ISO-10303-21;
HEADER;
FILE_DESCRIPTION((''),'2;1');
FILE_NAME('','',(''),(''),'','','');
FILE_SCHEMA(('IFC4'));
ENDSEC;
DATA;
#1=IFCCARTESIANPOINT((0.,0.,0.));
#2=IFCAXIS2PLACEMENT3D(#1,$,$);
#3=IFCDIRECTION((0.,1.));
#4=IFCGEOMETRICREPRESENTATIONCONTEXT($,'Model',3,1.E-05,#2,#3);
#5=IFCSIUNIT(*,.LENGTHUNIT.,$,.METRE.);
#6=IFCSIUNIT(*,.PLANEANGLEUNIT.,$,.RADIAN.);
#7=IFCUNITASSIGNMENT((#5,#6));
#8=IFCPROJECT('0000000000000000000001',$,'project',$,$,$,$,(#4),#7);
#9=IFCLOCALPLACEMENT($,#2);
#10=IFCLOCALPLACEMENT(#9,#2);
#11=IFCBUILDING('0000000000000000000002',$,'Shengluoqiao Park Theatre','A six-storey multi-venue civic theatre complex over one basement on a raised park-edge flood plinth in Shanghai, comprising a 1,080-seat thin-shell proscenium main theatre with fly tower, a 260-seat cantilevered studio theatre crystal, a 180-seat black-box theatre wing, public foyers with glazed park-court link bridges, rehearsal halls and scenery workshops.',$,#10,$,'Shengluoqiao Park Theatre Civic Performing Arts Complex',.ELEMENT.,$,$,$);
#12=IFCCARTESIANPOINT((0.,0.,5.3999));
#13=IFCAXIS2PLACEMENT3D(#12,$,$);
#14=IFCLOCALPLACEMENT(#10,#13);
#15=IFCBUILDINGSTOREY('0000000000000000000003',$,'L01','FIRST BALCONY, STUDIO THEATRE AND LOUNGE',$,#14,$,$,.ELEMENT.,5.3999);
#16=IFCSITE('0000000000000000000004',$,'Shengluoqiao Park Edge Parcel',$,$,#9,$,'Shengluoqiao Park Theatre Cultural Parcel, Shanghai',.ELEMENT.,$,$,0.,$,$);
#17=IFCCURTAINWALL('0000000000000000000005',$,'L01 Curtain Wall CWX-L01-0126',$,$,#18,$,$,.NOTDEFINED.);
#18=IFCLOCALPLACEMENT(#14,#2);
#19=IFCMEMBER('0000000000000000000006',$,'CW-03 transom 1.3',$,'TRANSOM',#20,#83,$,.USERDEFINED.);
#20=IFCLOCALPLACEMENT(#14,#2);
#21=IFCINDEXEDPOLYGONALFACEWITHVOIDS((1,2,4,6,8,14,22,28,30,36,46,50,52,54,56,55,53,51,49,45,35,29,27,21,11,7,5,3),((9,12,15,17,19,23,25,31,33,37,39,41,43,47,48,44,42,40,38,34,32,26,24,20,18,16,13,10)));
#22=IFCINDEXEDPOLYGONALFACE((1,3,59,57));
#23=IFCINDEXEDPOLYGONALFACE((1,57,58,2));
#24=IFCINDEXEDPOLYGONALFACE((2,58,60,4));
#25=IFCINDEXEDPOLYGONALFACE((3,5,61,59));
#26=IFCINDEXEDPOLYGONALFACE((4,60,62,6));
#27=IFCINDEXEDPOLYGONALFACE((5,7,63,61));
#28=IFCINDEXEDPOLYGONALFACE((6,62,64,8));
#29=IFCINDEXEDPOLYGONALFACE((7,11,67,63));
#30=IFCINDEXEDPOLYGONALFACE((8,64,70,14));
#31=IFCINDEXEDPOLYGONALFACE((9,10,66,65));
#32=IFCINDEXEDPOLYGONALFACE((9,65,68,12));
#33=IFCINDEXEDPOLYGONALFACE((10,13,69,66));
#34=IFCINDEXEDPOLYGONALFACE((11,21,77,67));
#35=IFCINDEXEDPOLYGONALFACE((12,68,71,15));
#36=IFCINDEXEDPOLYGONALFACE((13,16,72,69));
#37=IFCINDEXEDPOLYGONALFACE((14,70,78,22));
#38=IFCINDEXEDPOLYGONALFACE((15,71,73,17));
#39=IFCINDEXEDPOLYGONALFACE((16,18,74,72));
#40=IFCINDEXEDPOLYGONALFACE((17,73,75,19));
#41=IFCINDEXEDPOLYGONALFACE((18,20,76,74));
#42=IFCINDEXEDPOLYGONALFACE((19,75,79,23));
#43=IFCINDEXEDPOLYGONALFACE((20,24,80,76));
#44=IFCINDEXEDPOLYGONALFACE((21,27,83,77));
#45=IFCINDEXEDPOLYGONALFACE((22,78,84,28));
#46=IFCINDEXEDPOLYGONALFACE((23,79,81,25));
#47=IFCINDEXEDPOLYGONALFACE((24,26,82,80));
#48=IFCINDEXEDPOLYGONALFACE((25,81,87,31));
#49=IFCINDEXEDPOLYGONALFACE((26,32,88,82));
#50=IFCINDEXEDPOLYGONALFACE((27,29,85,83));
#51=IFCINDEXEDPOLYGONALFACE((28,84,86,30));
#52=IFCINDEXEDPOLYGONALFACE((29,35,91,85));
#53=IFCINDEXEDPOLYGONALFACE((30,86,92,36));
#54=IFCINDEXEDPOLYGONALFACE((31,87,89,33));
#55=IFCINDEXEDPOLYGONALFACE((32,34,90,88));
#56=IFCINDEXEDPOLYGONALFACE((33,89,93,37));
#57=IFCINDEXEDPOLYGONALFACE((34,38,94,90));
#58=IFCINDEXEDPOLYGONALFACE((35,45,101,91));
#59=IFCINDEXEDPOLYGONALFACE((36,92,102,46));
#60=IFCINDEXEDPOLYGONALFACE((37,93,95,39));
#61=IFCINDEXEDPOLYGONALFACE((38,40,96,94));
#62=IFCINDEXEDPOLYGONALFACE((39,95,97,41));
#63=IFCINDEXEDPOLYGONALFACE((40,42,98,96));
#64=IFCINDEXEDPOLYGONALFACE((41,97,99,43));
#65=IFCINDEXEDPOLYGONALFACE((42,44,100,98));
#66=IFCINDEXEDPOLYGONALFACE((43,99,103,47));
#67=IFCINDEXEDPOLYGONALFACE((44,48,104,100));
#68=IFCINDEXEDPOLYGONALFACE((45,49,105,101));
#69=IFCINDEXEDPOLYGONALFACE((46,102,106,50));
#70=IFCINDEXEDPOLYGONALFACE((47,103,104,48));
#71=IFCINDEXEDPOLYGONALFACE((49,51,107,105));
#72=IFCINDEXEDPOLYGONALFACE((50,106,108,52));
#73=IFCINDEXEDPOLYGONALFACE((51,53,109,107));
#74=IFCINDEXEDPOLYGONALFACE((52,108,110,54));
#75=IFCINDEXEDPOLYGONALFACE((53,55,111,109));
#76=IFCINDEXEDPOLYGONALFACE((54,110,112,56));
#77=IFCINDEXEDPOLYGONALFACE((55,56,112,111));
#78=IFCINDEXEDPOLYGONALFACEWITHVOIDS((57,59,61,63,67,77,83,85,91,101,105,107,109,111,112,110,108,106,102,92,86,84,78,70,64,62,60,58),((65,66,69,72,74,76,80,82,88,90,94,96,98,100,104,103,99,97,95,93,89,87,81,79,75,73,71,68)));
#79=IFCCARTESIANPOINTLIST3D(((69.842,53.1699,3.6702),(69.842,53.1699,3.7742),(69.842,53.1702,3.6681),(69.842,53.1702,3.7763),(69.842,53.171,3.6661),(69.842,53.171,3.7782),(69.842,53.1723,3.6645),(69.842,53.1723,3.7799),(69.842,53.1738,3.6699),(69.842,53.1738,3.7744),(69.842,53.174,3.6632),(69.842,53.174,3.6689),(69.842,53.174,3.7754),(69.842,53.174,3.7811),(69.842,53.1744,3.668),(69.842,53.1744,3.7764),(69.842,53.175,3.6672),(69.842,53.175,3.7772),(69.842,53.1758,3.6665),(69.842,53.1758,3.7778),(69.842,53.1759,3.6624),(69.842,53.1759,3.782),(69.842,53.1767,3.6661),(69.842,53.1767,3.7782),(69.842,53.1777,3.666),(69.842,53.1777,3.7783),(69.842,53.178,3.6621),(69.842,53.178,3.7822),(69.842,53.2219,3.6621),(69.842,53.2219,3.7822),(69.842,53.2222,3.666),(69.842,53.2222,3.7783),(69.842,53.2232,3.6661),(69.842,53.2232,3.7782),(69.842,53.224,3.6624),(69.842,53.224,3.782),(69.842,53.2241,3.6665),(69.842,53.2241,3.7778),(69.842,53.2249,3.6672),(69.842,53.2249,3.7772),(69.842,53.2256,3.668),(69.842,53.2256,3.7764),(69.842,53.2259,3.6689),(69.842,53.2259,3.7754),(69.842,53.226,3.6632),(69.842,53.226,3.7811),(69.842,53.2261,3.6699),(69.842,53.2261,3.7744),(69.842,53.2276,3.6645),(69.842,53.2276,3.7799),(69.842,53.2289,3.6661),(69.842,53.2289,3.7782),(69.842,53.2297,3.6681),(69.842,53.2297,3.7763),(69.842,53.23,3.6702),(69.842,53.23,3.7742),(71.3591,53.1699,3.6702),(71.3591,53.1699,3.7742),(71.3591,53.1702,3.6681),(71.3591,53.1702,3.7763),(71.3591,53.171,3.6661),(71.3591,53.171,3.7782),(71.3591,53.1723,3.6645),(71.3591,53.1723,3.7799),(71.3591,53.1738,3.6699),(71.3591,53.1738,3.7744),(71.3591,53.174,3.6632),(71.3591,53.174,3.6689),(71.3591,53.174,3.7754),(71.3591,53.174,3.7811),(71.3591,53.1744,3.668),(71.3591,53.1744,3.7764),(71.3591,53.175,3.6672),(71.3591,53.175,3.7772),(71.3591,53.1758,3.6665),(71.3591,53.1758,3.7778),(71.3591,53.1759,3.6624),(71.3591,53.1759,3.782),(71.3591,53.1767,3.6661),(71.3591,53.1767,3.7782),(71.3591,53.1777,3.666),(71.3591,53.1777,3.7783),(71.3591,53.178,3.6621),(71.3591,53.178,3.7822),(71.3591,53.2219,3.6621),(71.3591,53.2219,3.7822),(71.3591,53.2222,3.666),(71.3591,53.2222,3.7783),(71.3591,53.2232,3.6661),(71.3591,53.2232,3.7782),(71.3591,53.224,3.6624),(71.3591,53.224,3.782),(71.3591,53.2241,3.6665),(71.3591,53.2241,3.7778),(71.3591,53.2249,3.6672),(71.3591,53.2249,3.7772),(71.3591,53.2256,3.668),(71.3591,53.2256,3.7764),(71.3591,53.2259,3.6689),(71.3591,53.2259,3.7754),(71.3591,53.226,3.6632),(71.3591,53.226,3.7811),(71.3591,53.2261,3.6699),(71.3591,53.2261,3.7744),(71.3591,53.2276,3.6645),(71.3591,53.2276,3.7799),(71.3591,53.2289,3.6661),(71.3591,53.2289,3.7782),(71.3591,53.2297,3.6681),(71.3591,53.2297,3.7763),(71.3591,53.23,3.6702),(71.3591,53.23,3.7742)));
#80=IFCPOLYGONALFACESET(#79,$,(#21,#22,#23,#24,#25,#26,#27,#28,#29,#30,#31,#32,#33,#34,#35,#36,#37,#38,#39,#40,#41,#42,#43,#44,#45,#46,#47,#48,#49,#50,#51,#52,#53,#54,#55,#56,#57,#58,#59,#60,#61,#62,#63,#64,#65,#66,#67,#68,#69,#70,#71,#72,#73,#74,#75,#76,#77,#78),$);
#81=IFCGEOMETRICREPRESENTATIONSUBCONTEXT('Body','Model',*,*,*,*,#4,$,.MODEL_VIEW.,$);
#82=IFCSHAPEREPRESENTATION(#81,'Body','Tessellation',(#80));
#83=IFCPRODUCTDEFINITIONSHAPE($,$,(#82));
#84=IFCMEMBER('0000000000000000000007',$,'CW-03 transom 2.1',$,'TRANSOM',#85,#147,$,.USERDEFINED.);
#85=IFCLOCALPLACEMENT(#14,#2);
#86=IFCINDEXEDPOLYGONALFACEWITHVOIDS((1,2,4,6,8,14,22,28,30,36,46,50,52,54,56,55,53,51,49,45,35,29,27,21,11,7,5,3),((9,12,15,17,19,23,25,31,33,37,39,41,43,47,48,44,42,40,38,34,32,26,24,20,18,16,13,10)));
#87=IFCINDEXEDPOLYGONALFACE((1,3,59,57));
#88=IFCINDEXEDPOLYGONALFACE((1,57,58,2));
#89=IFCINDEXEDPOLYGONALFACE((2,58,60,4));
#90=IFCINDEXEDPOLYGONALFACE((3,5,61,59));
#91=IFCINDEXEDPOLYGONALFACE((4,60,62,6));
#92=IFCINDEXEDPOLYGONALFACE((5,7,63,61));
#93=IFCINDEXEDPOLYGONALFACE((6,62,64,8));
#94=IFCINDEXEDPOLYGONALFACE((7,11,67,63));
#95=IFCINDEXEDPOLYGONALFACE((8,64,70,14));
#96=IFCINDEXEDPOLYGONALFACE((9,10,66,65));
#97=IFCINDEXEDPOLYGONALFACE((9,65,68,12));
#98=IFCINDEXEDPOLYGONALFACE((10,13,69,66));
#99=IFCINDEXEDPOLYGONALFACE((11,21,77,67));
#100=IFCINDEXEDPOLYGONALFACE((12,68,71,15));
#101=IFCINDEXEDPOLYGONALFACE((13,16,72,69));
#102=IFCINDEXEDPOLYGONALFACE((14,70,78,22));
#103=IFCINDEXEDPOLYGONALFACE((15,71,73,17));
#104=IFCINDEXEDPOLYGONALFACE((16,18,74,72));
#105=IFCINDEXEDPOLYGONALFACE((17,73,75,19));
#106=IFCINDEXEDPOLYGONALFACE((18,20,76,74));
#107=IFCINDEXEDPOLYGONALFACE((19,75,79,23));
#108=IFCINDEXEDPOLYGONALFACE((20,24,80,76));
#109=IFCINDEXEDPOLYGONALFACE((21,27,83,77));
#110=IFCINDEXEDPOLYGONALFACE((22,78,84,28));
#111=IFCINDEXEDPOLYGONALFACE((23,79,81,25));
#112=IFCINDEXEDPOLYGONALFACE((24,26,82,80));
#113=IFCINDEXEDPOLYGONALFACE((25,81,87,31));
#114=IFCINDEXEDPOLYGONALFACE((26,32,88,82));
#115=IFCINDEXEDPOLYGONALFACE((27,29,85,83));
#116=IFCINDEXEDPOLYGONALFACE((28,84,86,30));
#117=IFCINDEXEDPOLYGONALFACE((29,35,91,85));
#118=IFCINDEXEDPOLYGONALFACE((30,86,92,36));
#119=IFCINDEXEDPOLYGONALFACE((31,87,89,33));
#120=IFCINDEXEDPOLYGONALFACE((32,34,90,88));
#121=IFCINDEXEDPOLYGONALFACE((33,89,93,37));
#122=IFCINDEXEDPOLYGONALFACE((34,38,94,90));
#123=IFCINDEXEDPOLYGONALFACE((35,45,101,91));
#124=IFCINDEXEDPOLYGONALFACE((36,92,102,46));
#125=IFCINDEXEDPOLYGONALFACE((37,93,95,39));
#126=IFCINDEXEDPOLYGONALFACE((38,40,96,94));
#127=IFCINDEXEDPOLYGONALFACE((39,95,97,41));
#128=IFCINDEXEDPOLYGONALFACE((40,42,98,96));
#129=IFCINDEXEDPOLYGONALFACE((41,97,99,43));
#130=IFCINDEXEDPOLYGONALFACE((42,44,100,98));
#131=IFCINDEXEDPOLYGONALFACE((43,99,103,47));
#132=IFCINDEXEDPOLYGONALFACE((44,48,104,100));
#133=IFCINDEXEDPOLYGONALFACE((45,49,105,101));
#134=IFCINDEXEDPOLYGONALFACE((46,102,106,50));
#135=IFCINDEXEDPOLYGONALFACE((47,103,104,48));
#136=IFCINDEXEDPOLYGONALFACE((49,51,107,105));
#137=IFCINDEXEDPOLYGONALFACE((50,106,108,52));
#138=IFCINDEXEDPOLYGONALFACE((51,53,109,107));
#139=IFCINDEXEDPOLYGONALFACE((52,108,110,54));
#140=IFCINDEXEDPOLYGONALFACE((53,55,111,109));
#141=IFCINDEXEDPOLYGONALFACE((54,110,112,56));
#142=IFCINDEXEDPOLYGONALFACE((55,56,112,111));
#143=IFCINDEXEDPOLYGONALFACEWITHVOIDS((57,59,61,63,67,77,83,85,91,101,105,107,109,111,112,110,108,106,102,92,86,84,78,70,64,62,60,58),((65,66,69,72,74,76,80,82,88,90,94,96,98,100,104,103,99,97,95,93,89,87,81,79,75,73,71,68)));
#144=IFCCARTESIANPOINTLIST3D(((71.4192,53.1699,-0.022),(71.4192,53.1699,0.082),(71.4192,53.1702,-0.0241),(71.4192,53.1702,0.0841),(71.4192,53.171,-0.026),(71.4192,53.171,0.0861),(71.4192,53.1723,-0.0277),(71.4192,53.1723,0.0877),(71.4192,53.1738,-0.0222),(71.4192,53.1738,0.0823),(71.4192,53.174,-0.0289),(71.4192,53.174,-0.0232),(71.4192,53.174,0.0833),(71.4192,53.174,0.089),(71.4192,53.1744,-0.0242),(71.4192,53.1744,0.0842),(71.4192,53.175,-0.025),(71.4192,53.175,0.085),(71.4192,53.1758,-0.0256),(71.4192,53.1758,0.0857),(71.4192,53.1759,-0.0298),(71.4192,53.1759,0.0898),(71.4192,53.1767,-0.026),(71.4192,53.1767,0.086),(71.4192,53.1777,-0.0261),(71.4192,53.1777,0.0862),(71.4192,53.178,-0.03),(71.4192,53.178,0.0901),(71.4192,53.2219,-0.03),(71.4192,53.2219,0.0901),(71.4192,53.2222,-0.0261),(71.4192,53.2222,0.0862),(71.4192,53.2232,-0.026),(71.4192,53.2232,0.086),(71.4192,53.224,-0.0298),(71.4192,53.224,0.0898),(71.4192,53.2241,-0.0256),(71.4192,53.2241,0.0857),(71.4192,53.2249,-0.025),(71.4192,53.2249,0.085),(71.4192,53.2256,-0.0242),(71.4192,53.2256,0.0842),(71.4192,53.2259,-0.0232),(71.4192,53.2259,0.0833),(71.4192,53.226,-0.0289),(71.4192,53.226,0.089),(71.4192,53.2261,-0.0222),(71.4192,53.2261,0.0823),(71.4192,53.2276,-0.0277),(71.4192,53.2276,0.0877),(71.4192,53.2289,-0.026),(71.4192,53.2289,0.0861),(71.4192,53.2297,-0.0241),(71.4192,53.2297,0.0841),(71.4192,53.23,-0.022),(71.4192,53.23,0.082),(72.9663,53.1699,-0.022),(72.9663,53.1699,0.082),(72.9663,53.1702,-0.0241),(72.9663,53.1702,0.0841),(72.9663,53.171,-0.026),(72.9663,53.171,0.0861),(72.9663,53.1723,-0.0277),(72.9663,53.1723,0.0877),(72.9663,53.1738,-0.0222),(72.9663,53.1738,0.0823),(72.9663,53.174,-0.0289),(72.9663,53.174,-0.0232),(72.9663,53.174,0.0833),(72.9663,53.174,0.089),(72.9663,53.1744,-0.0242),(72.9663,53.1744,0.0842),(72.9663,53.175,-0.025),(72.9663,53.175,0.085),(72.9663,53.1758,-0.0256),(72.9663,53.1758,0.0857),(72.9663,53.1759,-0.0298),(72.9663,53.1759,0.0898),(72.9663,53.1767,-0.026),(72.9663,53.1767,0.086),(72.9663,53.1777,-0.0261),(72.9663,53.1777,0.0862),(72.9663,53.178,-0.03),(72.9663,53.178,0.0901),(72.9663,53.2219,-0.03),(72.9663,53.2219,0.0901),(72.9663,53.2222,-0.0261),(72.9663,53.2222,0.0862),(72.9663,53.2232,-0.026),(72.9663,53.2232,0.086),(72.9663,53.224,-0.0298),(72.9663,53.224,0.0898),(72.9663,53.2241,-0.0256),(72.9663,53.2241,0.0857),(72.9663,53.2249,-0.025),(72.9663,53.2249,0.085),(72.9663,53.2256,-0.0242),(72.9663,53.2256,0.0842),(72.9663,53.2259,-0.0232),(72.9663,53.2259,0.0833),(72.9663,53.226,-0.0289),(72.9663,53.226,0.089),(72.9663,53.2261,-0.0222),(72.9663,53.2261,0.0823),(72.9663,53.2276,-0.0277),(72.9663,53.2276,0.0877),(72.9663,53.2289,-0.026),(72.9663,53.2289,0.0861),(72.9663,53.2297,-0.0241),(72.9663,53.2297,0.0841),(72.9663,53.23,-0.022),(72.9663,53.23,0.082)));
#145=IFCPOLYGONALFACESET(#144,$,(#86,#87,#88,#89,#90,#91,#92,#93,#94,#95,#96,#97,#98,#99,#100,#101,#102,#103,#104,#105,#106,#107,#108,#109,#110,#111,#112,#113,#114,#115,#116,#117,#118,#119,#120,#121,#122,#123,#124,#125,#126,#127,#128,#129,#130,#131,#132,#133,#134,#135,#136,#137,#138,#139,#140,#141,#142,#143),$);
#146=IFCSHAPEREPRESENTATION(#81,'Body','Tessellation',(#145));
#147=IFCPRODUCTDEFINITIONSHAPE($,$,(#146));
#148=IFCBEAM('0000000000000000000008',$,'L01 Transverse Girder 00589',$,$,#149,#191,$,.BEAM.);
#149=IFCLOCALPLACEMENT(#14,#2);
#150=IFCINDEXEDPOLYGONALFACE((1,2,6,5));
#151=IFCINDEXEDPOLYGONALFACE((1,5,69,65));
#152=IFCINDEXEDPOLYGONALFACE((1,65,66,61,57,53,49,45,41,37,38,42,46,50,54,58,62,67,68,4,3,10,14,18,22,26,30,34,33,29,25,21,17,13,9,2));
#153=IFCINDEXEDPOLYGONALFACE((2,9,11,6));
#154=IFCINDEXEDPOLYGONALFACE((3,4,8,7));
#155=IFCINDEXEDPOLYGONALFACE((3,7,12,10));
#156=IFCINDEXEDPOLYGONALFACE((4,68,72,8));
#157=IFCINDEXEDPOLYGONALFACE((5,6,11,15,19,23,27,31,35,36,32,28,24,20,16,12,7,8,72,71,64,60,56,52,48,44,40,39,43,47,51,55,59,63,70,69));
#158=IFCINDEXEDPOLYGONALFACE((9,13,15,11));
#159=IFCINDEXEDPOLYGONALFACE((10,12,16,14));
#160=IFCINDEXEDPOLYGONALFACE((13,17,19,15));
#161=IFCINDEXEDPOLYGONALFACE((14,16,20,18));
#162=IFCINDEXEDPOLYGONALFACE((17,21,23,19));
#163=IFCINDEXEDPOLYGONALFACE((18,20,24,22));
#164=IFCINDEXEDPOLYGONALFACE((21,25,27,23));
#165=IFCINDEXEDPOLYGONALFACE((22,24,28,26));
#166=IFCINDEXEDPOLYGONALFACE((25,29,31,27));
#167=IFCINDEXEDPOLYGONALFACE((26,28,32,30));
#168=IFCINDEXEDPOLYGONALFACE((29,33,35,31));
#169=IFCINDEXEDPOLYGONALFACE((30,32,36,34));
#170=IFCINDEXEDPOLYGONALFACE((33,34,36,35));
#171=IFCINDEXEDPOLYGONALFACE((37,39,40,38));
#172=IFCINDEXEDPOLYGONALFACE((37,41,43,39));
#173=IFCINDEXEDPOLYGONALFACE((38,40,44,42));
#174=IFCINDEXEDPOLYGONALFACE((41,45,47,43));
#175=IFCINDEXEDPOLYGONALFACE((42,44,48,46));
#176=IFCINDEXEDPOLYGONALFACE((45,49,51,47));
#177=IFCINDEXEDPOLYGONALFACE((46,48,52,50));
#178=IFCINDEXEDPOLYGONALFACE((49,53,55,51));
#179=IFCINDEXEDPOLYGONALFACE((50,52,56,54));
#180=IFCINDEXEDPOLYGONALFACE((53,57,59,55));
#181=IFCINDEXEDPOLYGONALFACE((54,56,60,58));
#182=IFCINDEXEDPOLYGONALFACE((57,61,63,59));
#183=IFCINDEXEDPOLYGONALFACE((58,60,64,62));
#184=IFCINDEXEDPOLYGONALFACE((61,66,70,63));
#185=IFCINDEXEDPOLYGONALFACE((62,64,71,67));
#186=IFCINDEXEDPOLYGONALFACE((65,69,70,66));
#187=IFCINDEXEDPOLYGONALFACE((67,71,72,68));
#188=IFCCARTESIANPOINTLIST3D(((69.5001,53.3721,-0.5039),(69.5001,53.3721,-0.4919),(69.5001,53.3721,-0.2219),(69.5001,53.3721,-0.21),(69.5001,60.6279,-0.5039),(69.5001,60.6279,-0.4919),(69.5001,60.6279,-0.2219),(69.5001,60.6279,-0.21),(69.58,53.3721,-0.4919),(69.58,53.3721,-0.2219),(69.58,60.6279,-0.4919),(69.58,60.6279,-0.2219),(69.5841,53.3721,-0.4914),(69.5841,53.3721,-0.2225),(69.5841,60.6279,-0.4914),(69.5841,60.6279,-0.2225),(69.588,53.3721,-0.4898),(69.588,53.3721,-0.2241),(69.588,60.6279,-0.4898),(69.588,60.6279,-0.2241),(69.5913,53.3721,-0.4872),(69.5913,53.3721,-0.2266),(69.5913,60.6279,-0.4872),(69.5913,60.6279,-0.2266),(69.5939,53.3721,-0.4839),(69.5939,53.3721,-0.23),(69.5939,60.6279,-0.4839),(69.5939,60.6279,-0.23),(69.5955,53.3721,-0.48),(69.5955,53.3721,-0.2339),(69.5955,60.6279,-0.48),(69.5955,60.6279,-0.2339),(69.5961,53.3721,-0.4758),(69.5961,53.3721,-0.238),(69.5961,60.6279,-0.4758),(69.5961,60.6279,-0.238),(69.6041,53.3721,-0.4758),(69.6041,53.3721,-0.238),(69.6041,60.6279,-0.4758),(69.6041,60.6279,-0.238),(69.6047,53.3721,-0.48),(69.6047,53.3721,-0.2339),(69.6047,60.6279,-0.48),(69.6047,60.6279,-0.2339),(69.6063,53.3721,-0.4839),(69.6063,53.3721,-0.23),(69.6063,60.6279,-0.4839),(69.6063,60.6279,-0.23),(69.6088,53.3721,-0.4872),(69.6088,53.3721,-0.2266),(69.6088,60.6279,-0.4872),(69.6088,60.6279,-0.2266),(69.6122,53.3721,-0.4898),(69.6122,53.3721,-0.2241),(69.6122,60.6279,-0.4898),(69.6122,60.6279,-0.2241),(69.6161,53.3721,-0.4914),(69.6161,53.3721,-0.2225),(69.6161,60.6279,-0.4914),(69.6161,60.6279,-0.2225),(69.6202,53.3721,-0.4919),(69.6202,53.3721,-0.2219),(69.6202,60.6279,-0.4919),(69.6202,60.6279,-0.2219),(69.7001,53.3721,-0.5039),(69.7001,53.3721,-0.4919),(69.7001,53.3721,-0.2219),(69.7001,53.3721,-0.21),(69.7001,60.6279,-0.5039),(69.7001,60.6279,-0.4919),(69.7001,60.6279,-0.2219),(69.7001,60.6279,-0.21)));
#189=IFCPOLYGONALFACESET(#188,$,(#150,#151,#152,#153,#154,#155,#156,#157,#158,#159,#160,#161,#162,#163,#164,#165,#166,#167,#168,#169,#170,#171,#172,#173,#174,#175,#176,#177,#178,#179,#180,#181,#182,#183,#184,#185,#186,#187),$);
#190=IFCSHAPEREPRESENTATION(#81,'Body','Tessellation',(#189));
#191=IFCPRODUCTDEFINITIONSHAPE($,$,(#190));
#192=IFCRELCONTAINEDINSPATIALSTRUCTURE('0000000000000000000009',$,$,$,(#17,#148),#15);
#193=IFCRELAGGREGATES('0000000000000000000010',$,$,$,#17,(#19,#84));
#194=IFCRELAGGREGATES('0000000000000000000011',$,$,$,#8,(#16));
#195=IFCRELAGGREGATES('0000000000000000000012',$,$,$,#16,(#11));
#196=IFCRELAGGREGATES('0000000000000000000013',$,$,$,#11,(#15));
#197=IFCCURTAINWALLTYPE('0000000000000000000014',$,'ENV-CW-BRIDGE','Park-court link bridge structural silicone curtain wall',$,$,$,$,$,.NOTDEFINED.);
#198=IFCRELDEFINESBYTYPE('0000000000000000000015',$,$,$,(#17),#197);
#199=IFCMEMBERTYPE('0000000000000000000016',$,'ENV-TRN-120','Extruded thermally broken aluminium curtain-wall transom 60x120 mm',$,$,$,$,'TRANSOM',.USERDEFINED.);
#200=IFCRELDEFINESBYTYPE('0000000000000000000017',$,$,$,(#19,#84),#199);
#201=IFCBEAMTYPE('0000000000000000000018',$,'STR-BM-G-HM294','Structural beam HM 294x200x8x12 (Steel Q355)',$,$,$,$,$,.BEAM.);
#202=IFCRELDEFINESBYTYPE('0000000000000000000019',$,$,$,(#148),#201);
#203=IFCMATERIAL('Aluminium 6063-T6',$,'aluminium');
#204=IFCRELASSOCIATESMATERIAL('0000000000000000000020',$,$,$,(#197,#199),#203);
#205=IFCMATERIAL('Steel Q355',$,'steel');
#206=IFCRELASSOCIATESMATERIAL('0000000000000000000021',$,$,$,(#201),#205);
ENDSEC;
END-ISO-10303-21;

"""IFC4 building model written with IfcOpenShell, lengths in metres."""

from ifc_helpers import new_model, si_unit, direction, frame, origin, origin_2d, place, context, subcontext, project, spatial, hollow_rectangle, i_section, extrude, material, material_profile, profile_set, type_object, element, aggregate, save


model = new_model("IFC4")

# Units and contexts
model_context = context("Model", 3, precision=1e-05, world=origin(), true_north=direction((0.0, 1.0)))
body_context = subcontext(model_context, "Body", "Model", "MODEL_VIEW")
ifc_project = project(units=[si_unit("LENGTHUNIT", "METRE"), si_unit("PLANEANGLEUNIT", "RADIAN")], contexts=[model_context])

# Site, building, storey
site_placement = place(None, origin())
site = spatial("IfcSite", under=ifc_project, at=site_placement, Name="Shengluoqiao Park Edge Parcel", LongName="Shengluoqiao Park Theatre Cultural Parcel, Shanghai", CompositionType="ELEMENT", RefElevation=0.0)
building_placement = place(site_placement, origin())
building = spatial("IfcBuilding", under=site, at=building_placement, Name="Shengluoqiao Park Theatre", Description="A six-storey multi-venue civic theatre complex over one basement on a raised park-edge flood plinth in Shanghai, comprising a 1,080-seat thin-shell proscenium main theatre with fly tower, a 260-seat cantilevered studio theatre crystal, a 180-seat black-box theatre wing, public foyers with glazed park-court link bridges, rehearsal halls and scenery workshops.", LongName="Shengluoqiao Park Theatre Civic Performing Arts Complex", CompositionType="ELEMENT")
storey_placement = place(building_placement, frame((0.0, 0.0, 5.3999)))
storey = spatial("IfcBuildingStorey", under=building, at=storey_placement, Name="L01", Description="FIRST BALCONY, STUDIO THEATRE AND LOUNGE", CompositionType="ELEMENT", Elevation=5.3999)

# Shared definitions
ifc_material_1 = material(Name="Steel Q355", Category="steel")

# Curtain wall
ifc_material_2 = material(Name="Aluminium 6063-T6", Category="aluminium")
curtain_wall_type = type_object("IfcCurtainWallType", Name="ENV-CW-BRIDGE", Description="Park-court link bridge structural silicone curtain wall", PredefinedType="NOTDEFINED", material=ifc_material_2)
curtain_wall_1_placement = place(storey_placement, origin())
curtain_wall_1 = element("IfcCurtainWall", 1, at=curtain_wall_1_placement, inside=storey, type_object=curtain_wall_type, Name="L01 Curtain Wall CWX-L01-0126", PredefinedType="NOTDEFINED")

# Members
ifc_material_profile_1 = material_profile(ifc_material_2, hollow_rectangle(XDim=0.0601, YDim=0.1201, WallThickness=0.0039, InnerFilletRadius=0.0039, OuterFilletRadius=0.0081, at=origin_2d()), Name="ALU TRANSOM 120x60x4")
ifc_profile_set_1 = profile_set([ifc_material_profile_1], Name="Aluminium 6063-T6")
member_type_1 = type_object("IfcMemberType", Name="ENV-TRN-120", Description="Extruded thermally broken aluminium curtain-wall transom 60x120 mm", ElementType="TRANSOM", PredefinedType="USERDEFINED", material=ifc_profile_set_1)
member_1_placement = place(storey_placement, frame((69.842, 53.2, 3.7222), z_axis=(1.0, 0.0, 0.0), x_axis=(0.0, 1.0, 0.0)))
member_1 = element("IfcMember", 2, at=member_1_placement, type_object=member_type_1, Name="CW-03 transom 1.3", ObjectType="TRANSOM", PredefinedType="USERDEFINED", context=body_context, shape_type="SweptSolid", body=[
    extrude(hollow_rectangle(XDim=0.0601, YDim=0.1201, WallThickness=0.0039, InnerFilletRadius=0.0039, OuterFilletRadius=0.0081, at=origin_2d()), origin(), (0.0, 0.0, 1.0), 1.5171),
])
member_2_placement = place(storey_placement, frame((71.4192, 53.2, 0.03), z_axis=(1.0, 0.0, 0.0), x_axis=(0.0, 1.0, 0.0)))
member_2 = element("IfcMember", 3, at=member_2_placement, type_object=member_type_1, Name="CW-03 transom 2.1", ObjectType="TRANSOM", PredefinedType="USERDEFINED", context=body_context, shape_type="SweptSolid", body=[
    extrude(hollow_rectangle(XDim=0.0601, YDim=0.1201, WallThickness=0.0039, InnerFilletRadius=0.0039, OuterFilletRadius=0.0081, at=origin_2d()), origin(), (0.0, 0.0, 1.0), 1.5471),
])

# Beam
ifc_material_profile_2 = material_profile(ifc_material_1, i_section(OverallWidth=0.2, OverallDepth=0.2939, WebThickness=0.0081, FlangeThickness=0.012, FilletRadius=0.0161, at=origin_2d()), Name="HM 294x200x8x12")
ifc_profile_set_2 = profile_set([ifc_material_profile_2], Name="Steel Q355")
beam_type_1 = type_object("IfcBeamType", Name="STR-BM-G-HM294", Description="Structural beam HM 294x200x8x12 (Steel Q355)", PredefinedType="BEAM", material=ifc_profile_set_2)
beam_1_placement = place(storey_placement, frame((69.6001, 53.3721, -0.3569), z_axis=(0.0, 1.0, 0.0), x_axis=(-1.0, 0.0, 0.0)))
element("IfcBeam", 4, at=beam_1_placement, inside=storey, type_object=beam_type_1, Name="L01 Transverse Girder 00589", PredefinedType="BEAM", context=body_context, shape_type="SweptSolid", body=[
    extrude(i_section(OverallWidth=0.2, OverallDepth=0.2939, WebThickness=0.0081, FlangeThickness=0.012, FilletRadius=0.0161, at=origin_2d()), origin(), (0.0, 0.0, 1.0), 7.2559),
])

aggregate(curtain_wall_1, [member_1, member_2])

save(model, "model.ifc")
